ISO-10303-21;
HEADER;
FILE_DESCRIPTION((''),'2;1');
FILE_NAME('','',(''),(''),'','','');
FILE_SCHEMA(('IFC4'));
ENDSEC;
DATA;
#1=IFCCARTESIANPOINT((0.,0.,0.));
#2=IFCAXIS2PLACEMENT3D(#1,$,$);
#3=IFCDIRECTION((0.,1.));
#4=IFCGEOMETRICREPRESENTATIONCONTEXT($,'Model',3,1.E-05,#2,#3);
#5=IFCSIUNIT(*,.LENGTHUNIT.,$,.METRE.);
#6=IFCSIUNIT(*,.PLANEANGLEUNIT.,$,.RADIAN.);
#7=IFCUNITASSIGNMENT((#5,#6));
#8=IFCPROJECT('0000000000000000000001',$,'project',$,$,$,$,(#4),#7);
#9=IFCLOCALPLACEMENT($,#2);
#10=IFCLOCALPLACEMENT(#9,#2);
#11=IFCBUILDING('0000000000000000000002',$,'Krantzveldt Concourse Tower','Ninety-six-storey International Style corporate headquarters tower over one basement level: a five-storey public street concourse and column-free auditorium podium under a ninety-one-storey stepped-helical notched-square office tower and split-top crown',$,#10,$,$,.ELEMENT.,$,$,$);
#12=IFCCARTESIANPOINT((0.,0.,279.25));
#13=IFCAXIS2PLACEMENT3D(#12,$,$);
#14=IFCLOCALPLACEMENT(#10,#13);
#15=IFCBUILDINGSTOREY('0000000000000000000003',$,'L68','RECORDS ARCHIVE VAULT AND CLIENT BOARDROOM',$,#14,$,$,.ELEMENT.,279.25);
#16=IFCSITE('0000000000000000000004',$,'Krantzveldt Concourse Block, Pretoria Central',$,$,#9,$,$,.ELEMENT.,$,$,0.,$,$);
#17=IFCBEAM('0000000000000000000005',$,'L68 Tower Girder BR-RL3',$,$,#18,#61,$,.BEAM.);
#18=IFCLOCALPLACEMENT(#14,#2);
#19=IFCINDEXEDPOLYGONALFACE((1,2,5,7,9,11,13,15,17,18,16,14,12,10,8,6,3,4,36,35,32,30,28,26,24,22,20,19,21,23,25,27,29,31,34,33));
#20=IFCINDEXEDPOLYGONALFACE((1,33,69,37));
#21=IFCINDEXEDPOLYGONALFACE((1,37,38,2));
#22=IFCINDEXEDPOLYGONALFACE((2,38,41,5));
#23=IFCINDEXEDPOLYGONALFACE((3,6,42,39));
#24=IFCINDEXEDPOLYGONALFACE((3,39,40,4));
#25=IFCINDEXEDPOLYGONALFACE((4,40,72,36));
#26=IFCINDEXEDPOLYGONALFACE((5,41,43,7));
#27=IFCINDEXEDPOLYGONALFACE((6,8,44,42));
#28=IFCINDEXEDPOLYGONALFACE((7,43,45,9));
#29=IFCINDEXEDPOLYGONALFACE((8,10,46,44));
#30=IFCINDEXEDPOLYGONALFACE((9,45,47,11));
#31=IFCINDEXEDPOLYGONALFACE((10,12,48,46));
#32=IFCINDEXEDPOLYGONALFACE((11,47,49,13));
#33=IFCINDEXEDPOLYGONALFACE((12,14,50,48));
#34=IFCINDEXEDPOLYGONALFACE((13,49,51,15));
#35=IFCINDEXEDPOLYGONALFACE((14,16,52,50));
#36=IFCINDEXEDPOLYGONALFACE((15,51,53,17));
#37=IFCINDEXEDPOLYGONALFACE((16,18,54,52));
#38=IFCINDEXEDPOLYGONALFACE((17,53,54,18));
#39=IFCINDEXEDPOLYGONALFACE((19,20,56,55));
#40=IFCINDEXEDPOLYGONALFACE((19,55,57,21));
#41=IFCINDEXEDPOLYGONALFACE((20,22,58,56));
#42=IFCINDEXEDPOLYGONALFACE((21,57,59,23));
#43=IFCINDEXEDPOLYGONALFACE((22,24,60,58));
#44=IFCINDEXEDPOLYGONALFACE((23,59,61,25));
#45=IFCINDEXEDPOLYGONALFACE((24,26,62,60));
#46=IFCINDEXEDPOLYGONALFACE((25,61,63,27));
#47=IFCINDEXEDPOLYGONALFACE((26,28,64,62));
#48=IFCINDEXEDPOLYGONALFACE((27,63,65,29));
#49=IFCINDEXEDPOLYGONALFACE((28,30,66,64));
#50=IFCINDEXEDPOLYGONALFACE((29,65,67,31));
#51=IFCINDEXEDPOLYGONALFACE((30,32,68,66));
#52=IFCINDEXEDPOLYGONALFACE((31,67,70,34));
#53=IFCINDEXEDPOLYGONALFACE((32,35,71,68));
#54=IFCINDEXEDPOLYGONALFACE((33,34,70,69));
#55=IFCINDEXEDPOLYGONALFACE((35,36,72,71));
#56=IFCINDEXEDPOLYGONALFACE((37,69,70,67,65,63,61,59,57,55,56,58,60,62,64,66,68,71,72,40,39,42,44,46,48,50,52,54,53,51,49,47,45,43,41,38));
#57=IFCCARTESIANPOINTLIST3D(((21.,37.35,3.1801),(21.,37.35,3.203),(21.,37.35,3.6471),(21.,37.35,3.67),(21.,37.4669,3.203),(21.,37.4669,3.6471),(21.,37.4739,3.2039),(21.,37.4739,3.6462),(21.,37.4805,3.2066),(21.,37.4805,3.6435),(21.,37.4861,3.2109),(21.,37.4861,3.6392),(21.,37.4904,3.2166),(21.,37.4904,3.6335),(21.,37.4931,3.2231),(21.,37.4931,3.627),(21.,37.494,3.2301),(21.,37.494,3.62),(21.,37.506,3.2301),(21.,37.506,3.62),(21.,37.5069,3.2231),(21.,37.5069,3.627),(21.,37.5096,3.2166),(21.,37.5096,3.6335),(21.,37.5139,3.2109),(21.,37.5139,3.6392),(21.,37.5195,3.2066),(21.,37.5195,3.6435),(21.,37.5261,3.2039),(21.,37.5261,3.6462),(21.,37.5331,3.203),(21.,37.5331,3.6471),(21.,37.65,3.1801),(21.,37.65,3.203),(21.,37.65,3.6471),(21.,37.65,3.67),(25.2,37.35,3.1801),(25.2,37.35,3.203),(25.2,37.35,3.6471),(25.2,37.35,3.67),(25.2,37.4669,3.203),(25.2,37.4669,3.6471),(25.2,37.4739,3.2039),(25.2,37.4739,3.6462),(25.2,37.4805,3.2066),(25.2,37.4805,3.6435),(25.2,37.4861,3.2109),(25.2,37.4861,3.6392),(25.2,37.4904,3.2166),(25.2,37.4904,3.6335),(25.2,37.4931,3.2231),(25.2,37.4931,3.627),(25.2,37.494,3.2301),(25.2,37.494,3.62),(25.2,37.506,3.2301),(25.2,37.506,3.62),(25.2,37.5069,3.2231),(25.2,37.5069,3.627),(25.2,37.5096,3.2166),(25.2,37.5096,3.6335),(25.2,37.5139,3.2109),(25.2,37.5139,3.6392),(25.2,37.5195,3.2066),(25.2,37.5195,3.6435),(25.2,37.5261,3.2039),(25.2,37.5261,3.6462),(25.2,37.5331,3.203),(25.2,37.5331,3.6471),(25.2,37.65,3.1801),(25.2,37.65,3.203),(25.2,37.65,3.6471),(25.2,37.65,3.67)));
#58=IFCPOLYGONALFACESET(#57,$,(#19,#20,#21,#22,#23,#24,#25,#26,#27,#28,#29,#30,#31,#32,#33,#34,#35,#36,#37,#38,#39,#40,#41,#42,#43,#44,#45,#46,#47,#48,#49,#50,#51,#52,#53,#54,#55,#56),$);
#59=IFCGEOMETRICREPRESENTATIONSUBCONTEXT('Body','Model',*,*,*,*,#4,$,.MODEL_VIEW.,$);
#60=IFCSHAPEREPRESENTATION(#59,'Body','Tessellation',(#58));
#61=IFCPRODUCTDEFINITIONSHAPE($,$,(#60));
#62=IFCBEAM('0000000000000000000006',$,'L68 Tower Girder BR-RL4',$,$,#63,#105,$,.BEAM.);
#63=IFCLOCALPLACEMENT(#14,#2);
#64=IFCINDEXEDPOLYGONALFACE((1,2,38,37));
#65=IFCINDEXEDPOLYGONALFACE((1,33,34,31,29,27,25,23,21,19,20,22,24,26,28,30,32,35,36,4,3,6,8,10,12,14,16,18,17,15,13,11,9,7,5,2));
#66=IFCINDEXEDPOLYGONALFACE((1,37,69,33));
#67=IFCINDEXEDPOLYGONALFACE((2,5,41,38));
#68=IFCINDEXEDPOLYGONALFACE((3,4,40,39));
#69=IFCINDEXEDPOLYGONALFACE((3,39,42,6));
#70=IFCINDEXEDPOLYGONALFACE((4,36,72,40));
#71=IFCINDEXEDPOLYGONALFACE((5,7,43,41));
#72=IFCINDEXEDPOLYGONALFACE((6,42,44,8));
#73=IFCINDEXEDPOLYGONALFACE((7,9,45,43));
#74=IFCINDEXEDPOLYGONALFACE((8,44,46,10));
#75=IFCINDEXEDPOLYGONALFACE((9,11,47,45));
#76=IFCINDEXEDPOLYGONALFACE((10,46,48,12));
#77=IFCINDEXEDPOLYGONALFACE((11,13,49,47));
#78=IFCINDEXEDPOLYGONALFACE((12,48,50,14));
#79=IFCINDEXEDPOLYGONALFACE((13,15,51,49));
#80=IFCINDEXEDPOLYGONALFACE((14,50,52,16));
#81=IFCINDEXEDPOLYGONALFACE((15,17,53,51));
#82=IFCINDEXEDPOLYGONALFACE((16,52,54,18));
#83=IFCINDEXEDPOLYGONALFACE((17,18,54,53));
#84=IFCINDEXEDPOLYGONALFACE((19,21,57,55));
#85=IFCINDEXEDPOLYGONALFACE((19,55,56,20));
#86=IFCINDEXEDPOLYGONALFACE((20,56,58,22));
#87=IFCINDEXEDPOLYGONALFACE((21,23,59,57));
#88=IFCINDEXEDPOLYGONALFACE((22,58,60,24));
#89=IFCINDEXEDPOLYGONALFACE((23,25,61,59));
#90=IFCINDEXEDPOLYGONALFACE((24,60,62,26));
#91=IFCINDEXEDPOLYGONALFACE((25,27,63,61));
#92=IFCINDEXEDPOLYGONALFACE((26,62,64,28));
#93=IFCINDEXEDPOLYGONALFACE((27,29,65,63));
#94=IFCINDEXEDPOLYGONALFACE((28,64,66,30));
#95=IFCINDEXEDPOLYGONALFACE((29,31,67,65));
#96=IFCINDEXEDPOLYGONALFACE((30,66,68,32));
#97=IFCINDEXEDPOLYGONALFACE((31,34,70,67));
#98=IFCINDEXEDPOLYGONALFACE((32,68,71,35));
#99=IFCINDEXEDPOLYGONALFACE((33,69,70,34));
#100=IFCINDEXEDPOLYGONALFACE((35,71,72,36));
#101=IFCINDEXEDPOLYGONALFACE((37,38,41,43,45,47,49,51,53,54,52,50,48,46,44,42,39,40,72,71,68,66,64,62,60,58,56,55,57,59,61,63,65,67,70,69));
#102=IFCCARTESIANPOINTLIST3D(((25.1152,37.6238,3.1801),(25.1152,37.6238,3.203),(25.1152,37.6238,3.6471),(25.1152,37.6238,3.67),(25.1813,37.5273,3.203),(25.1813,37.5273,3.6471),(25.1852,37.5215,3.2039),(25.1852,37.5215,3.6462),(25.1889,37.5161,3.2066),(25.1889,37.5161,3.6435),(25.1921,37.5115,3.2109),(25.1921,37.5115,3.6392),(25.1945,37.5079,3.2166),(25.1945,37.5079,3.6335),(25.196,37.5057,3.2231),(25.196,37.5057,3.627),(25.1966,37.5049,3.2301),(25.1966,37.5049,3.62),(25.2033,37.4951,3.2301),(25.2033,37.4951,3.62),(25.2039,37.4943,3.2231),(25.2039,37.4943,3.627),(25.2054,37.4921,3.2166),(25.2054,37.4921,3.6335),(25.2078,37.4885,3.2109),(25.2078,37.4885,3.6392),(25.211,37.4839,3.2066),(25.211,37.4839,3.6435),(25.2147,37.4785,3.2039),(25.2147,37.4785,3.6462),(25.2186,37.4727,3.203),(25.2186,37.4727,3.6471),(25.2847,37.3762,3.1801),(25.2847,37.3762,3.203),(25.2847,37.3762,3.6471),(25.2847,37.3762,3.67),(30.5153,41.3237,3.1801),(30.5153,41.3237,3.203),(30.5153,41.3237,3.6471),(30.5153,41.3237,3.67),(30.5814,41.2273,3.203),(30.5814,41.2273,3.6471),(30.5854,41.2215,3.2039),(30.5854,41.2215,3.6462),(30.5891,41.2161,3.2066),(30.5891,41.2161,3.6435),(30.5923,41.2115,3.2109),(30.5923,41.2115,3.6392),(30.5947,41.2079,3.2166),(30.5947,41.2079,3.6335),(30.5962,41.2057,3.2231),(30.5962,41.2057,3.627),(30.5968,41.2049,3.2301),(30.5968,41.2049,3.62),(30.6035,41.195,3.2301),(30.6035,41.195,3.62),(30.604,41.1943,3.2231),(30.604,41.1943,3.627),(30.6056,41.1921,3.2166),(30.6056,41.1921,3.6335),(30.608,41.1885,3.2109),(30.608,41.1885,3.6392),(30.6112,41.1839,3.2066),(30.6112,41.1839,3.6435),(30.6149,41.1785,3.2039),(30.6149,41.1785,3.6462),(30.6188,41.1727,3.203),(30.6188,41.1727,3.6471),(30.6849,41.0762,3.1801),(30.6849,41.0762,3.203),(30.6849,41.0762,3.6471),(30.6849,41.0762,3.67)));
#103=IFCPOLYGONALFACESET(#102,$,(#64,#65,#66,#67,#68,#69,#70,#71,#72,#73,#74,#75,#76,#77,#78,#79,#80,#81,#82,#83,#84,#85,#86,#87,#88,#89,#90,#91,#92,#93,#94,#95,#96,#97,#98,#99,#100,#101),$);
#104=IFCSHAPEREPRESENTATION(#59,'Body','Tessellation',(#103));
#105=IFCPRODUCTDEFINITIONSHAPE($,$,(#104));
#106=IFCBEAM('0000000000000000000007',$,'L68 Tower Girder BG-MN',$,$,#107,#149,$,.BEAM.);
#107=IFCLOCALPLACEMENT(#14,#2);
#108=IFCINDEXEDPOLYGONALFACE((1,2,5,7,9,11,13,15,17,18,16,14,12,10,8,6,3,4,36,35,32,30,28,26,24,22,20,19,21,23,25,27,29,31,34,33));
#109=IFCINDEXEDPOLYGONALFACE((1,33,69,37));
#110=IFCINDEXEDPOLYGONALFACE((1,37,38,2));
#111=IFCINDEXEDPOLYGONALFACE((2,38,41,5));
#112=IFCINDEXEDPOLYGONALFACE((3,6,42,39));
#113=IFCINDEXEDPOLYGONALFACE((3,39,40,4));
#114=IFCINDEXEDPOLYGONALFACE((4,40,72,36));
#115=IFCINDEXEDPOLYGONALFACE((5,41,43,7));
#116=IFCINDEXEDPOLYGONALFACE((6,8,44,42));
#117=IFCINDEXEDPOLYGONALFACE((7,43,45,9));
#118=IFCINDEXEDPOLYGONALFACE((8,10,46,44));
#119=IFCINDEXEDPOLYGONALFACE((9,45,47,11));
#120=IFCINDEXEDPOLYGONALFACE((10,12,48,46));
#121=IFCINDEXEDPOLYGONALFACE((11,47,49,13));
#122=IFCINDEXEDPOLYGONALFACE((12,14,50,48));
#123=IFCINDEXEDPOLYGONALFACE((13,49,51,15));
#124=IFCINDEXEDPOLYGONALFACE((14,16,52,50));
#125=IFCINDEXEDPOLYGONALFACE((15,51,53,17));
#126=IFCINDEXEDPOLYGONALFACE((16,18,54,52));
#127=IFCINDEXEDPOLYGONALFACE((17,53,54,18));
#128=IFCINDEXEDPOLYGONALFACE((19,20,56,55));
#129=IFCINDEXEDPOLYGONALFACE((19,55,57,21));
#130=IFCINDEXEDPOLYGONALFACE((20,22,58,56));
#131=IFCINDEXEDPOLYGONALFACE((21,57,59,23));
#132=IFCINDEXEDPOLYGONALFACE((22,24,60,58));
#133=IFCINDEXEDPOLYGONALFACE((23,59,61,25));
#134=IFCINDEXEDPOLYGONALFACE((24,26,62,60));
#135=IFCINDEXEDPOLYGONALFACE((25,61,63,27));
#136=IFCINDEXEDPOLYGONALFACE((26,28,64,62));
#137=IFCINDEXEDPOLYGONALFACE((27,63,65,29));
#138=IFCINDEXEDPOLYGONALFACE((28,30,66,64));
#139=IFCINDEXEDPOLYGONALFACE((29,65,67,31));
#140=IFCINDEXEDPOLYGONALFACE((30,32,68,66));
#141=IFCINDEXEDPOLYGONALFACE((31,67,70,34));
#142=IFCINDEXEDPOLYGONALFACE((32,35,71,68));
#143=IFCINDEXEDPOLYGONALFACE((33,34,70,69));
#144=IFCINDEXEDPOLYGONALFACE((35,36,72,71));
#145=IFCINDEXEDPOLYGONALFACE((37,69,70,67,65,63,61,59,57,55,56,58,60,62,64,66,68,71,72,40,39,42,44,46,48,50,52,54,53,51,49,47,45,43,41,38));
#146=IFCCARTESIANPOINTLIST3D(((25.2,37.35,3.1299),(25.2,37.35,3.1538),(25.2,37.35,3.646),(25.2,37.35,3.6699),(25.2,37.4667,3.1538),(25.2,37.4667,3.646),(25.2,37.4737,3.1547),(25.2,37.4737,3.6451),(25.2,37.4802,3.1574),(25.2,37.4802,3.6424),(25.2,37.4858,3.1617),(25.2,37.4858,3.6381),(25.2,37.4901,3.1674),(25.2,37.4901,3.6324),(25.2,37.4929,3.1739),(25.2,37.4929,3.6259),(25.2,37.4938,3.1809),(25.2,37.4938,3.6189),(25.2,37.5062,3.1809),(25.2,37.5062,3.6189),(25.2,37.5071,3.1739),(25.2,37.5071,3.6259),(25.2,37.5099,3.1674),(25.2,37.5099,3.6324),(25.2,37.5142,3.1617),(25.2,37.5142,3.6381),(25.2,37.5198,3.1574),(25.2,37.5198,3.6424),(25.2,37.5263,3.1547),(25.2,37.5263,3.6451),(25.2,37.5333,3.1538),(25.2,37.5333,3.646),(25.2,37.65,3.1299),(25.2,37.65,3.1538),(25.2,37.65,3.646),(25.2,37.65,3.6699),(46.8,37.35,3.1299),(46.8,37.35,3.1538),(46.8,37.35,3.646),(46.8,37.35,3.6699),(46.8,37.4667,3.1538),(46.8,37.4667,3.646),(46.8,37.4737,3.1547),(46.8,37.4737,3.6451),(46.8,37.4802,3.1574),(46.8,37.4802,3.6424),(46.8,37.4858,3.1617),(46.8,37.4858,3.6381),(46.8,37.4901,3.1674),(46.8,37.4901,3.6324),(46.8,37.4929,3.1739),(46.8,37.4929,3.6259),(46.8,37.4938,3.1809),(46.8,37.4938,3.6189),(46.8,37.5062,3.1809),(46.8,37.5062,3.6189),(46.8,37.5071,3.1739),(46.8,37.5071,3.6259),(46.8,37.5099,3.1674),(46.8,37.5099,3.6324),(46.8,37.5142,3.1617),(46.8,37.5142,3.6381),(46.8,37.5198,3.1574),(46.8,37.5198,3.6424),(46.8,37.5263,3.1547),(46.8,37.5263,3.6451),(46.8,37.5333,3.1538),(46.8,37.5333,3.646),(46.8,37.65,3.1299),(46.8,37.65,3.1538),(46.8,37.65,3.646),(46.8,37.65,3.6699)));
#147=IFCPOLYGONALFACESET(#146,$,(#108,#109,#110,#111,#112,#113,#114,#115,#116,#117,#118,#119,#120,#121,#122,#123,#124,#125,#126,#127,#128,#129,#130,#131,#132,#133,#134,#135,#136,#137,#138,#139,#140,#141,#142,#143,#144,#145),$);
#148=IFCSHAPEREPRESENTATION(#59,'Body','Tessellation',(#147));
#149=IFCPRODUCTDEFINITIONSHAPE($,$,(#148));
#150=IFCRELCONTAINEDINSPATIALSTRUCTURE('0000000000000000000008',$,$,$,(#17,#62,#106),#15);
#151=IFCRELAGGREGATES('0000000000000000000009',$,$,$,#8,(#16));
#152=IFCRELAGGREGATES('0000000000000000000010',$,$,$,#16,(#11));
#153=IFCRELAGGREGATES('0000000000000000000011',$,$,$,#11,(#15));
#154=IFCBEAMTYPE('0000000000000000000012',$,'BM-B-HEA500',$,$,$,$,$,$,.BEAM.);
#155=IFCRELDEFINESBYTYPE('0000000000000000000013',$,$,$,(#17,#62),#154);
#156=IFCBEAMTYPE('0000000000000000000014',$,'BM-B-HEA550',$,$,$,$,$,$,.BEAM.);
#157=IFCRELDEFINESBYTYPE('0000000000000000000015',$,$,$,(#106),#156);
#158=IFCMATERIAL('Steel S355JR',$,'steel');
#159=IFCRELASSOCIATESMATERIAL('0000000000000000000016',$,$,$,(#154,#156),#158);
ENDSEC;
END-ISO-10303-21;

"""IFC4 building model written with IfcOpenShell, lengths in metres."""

from ifc_helpers import new_model, si_unit, direction, frame, origin, origin_2d, place, context, subcontext, project, spatial, i_section, extrude, source, transform, mapped, material, material_profile, profile_set, type_object, type_shapes, element, save


model = new_model("IFC4")

# Units and contexts
model_context = context("Model", 3, precision=1e-05, world=origin(), true_north=direction((0.0, 1.0)))
body_context = subcontext(model_context, "Body", "Model", "MODEL_VIEW")
ifc_project = project(units=[si_unit("LENGTHUNIT", "METRE"), si_unit("PLANEANGLEUNIT", "RADIAN")], contexts=[model_context])

# Site, building, storey
site_placement = place(None, origin())
site = spatial("IfcSite", under=ifc_project, at=site_placement, Name="Krantzveldt Concourse Block, Pretoria Central", CompositionType="ELEMENT", RefElevation=0.0)
building_placement = place(site_placement, origin())
building = spatial("IfcBuilding", under=site, at=building_placement, Name="Krantzveldt Concourse Tower", Description="Ninety-six-storey International Style corporate headquarters tower over one basement level: a five-storey public street concourse and column-free auditorium podium under a ninety-one-storey stepped-helical notched-square office tower and split-top crown", CompositionType="ELEMENT")
storey_placement = place(building_placement, frame((0.0, 0.0, 279.25)))
storey = spatial("IfcBuildingStorey", under=building, at=storey_placement, Name="L68", Description="RECORDS ARCHIVE VAULT AND CLIENT BOARDROOM", CompositionType="ELEMENT", Elevation=279.25)

# Beams
ifc_material_1 = material(Name="Steel S355JR", Category="steel")
ifc_material_profile_1 = material_profile(ifc_material_1, i_section(OverallWidth=0.3, OverallDepth=0.49, WebThickness=0.012, FlangeThickness=0.0229, FilletRadius=0.0271, at=origin_2d()), Name="Steel S355JR", Category="steel")
ifc_profile_set_1 = profile_set([ifc_material_profile_1], Name="Steel S355JR - HEA 500")
beam_type_1 = type_object("IfcBeamType", Name="BM-B-HEA500", PredefinedType="BEAM", material=ifc_profile_set_1)
shared_shape_1 = source(origin(), body_context, "Body", "SweptSolid", [
    extrude(i_section(OverallWidth=0.3, OverallDepth=0.49, WebThickness=0.012, FlangeThickness=0.0229, FilletRadius=0.0271, at=origin_2d()), origin(), (0.0, 0.0, 1.0), 4.2),
])
beam_1_placement = place(storey_placement, frame((21.0, 37.5, 3.425), z_axis=(1.0, 0.0, 0.0), x_axis=(0.0, 1.0, 0.0)))
element("IfcBeam", 1, at=beam_1_placement, inside=storey, type_object=beam_type_1, Name="L68 Tower Girder BR-RL3", PredefinedType="BEAM", context=body_context, shape_type="MappedRepresentation", body=[
    mapped(shared_shape_1, transform((0.0, 0.0, 0.0), x_axis=(1.0, 0.0, 0.0), y_axis=(0.0, 1.0, 0.0), z_axis=(0.0, 0.0, 1.0), scale=1.0)),
])
shared_shape_2 = source(origin(), body_context, "Body", "SweptSolid", [
    extrude(i_section(OverallWidth=0.3, OverallDepth=0.49, WebThickness=0.012, FlangeThickness=0.0229, FilletRadius=0.0271, at=origin_2d()), origin(), (0.0, 0.0, 1.0), 6.5461),
])
beam_2_placement = place(storey_placement, frame((25.2, 37.5, 3.425), z_axis=(0.824943, 0.565216, 0.0), x_axis=(-0.565216, 0.824943, 0.0)))
element("IfcBeam", 2, at=beam_2_placement, inside=storey, type_object=beam_type_1, Name="L68 Tower Girder BR-RL4", PredefinedType="BEAM", context=body_context, shape_type="MappedRepresentation", body=[
    mapped(shared_shape_2, transform((0.0, 0.0, 0.0), x_axis=(1.0, 0.0, 0.0), y_axis=(0.0, 1.0, 0.0), z_axis=(0.0, 0.0, 1.0), scale=1.0)),
])
ifc_material_profile_2 = material_profile(ifc_material_1, i_section(OverallWidth=0.3, OverallDepth=0.54, WebThickness=0.0125, FlangeThickness=0.0239, FilletRadius=0.0271, at=origin_2d()), Name="Steel S355JR", Category="steel")
ifc_profile_set_2 = profile_set([ifc_material_profile_2], Name="Steel S355JR - HEA 550")
beam_type_2 = type_object("IfcBeamType", Name="BM-B-HEA550", PredefinedType="BEAM", material=ifc_profile_set_2)
shared_shape_3 = source(origin(), body_context, "Body", "SweptSolid", [
    extrude(i_section(OverallWidth=0.3, OverallDepth=0.54, WebThickness=0.0125, FlangeThickness=0.0239, FilletRadius=0.0271, at=origin_2d()), origin(), (0.0, 0.0, 1.0), 21.6001),
])
type_shapes(beam_type_2, [shared_shape_3])
beam_3_placement = place(storey_placement, frame((25.2, 37.5, 3.3999), z_axis=(1.0, 0.0, 0.0), x_axis=(0.0, 1.0, 0.0)))
element("IfcBeam", 3, at=beam_3_placement, inside=storey, type_object=beam_type_2, Name="L68 Tower Girder BG-MN", PredefinedType="BEAM", context=body_context, shape_type="MappedRepresentation", body=[
    mapped(shared_shape_3, transform((0.0, 0.0, 0.0), x_axis=(1.0, 0.0, 0.0), y_axis=(0.0, 1.0, 0.0), z_axis=(0.0, 0.0, 1.0), scale=1.0)),
])

save(model, "model.ifc")
